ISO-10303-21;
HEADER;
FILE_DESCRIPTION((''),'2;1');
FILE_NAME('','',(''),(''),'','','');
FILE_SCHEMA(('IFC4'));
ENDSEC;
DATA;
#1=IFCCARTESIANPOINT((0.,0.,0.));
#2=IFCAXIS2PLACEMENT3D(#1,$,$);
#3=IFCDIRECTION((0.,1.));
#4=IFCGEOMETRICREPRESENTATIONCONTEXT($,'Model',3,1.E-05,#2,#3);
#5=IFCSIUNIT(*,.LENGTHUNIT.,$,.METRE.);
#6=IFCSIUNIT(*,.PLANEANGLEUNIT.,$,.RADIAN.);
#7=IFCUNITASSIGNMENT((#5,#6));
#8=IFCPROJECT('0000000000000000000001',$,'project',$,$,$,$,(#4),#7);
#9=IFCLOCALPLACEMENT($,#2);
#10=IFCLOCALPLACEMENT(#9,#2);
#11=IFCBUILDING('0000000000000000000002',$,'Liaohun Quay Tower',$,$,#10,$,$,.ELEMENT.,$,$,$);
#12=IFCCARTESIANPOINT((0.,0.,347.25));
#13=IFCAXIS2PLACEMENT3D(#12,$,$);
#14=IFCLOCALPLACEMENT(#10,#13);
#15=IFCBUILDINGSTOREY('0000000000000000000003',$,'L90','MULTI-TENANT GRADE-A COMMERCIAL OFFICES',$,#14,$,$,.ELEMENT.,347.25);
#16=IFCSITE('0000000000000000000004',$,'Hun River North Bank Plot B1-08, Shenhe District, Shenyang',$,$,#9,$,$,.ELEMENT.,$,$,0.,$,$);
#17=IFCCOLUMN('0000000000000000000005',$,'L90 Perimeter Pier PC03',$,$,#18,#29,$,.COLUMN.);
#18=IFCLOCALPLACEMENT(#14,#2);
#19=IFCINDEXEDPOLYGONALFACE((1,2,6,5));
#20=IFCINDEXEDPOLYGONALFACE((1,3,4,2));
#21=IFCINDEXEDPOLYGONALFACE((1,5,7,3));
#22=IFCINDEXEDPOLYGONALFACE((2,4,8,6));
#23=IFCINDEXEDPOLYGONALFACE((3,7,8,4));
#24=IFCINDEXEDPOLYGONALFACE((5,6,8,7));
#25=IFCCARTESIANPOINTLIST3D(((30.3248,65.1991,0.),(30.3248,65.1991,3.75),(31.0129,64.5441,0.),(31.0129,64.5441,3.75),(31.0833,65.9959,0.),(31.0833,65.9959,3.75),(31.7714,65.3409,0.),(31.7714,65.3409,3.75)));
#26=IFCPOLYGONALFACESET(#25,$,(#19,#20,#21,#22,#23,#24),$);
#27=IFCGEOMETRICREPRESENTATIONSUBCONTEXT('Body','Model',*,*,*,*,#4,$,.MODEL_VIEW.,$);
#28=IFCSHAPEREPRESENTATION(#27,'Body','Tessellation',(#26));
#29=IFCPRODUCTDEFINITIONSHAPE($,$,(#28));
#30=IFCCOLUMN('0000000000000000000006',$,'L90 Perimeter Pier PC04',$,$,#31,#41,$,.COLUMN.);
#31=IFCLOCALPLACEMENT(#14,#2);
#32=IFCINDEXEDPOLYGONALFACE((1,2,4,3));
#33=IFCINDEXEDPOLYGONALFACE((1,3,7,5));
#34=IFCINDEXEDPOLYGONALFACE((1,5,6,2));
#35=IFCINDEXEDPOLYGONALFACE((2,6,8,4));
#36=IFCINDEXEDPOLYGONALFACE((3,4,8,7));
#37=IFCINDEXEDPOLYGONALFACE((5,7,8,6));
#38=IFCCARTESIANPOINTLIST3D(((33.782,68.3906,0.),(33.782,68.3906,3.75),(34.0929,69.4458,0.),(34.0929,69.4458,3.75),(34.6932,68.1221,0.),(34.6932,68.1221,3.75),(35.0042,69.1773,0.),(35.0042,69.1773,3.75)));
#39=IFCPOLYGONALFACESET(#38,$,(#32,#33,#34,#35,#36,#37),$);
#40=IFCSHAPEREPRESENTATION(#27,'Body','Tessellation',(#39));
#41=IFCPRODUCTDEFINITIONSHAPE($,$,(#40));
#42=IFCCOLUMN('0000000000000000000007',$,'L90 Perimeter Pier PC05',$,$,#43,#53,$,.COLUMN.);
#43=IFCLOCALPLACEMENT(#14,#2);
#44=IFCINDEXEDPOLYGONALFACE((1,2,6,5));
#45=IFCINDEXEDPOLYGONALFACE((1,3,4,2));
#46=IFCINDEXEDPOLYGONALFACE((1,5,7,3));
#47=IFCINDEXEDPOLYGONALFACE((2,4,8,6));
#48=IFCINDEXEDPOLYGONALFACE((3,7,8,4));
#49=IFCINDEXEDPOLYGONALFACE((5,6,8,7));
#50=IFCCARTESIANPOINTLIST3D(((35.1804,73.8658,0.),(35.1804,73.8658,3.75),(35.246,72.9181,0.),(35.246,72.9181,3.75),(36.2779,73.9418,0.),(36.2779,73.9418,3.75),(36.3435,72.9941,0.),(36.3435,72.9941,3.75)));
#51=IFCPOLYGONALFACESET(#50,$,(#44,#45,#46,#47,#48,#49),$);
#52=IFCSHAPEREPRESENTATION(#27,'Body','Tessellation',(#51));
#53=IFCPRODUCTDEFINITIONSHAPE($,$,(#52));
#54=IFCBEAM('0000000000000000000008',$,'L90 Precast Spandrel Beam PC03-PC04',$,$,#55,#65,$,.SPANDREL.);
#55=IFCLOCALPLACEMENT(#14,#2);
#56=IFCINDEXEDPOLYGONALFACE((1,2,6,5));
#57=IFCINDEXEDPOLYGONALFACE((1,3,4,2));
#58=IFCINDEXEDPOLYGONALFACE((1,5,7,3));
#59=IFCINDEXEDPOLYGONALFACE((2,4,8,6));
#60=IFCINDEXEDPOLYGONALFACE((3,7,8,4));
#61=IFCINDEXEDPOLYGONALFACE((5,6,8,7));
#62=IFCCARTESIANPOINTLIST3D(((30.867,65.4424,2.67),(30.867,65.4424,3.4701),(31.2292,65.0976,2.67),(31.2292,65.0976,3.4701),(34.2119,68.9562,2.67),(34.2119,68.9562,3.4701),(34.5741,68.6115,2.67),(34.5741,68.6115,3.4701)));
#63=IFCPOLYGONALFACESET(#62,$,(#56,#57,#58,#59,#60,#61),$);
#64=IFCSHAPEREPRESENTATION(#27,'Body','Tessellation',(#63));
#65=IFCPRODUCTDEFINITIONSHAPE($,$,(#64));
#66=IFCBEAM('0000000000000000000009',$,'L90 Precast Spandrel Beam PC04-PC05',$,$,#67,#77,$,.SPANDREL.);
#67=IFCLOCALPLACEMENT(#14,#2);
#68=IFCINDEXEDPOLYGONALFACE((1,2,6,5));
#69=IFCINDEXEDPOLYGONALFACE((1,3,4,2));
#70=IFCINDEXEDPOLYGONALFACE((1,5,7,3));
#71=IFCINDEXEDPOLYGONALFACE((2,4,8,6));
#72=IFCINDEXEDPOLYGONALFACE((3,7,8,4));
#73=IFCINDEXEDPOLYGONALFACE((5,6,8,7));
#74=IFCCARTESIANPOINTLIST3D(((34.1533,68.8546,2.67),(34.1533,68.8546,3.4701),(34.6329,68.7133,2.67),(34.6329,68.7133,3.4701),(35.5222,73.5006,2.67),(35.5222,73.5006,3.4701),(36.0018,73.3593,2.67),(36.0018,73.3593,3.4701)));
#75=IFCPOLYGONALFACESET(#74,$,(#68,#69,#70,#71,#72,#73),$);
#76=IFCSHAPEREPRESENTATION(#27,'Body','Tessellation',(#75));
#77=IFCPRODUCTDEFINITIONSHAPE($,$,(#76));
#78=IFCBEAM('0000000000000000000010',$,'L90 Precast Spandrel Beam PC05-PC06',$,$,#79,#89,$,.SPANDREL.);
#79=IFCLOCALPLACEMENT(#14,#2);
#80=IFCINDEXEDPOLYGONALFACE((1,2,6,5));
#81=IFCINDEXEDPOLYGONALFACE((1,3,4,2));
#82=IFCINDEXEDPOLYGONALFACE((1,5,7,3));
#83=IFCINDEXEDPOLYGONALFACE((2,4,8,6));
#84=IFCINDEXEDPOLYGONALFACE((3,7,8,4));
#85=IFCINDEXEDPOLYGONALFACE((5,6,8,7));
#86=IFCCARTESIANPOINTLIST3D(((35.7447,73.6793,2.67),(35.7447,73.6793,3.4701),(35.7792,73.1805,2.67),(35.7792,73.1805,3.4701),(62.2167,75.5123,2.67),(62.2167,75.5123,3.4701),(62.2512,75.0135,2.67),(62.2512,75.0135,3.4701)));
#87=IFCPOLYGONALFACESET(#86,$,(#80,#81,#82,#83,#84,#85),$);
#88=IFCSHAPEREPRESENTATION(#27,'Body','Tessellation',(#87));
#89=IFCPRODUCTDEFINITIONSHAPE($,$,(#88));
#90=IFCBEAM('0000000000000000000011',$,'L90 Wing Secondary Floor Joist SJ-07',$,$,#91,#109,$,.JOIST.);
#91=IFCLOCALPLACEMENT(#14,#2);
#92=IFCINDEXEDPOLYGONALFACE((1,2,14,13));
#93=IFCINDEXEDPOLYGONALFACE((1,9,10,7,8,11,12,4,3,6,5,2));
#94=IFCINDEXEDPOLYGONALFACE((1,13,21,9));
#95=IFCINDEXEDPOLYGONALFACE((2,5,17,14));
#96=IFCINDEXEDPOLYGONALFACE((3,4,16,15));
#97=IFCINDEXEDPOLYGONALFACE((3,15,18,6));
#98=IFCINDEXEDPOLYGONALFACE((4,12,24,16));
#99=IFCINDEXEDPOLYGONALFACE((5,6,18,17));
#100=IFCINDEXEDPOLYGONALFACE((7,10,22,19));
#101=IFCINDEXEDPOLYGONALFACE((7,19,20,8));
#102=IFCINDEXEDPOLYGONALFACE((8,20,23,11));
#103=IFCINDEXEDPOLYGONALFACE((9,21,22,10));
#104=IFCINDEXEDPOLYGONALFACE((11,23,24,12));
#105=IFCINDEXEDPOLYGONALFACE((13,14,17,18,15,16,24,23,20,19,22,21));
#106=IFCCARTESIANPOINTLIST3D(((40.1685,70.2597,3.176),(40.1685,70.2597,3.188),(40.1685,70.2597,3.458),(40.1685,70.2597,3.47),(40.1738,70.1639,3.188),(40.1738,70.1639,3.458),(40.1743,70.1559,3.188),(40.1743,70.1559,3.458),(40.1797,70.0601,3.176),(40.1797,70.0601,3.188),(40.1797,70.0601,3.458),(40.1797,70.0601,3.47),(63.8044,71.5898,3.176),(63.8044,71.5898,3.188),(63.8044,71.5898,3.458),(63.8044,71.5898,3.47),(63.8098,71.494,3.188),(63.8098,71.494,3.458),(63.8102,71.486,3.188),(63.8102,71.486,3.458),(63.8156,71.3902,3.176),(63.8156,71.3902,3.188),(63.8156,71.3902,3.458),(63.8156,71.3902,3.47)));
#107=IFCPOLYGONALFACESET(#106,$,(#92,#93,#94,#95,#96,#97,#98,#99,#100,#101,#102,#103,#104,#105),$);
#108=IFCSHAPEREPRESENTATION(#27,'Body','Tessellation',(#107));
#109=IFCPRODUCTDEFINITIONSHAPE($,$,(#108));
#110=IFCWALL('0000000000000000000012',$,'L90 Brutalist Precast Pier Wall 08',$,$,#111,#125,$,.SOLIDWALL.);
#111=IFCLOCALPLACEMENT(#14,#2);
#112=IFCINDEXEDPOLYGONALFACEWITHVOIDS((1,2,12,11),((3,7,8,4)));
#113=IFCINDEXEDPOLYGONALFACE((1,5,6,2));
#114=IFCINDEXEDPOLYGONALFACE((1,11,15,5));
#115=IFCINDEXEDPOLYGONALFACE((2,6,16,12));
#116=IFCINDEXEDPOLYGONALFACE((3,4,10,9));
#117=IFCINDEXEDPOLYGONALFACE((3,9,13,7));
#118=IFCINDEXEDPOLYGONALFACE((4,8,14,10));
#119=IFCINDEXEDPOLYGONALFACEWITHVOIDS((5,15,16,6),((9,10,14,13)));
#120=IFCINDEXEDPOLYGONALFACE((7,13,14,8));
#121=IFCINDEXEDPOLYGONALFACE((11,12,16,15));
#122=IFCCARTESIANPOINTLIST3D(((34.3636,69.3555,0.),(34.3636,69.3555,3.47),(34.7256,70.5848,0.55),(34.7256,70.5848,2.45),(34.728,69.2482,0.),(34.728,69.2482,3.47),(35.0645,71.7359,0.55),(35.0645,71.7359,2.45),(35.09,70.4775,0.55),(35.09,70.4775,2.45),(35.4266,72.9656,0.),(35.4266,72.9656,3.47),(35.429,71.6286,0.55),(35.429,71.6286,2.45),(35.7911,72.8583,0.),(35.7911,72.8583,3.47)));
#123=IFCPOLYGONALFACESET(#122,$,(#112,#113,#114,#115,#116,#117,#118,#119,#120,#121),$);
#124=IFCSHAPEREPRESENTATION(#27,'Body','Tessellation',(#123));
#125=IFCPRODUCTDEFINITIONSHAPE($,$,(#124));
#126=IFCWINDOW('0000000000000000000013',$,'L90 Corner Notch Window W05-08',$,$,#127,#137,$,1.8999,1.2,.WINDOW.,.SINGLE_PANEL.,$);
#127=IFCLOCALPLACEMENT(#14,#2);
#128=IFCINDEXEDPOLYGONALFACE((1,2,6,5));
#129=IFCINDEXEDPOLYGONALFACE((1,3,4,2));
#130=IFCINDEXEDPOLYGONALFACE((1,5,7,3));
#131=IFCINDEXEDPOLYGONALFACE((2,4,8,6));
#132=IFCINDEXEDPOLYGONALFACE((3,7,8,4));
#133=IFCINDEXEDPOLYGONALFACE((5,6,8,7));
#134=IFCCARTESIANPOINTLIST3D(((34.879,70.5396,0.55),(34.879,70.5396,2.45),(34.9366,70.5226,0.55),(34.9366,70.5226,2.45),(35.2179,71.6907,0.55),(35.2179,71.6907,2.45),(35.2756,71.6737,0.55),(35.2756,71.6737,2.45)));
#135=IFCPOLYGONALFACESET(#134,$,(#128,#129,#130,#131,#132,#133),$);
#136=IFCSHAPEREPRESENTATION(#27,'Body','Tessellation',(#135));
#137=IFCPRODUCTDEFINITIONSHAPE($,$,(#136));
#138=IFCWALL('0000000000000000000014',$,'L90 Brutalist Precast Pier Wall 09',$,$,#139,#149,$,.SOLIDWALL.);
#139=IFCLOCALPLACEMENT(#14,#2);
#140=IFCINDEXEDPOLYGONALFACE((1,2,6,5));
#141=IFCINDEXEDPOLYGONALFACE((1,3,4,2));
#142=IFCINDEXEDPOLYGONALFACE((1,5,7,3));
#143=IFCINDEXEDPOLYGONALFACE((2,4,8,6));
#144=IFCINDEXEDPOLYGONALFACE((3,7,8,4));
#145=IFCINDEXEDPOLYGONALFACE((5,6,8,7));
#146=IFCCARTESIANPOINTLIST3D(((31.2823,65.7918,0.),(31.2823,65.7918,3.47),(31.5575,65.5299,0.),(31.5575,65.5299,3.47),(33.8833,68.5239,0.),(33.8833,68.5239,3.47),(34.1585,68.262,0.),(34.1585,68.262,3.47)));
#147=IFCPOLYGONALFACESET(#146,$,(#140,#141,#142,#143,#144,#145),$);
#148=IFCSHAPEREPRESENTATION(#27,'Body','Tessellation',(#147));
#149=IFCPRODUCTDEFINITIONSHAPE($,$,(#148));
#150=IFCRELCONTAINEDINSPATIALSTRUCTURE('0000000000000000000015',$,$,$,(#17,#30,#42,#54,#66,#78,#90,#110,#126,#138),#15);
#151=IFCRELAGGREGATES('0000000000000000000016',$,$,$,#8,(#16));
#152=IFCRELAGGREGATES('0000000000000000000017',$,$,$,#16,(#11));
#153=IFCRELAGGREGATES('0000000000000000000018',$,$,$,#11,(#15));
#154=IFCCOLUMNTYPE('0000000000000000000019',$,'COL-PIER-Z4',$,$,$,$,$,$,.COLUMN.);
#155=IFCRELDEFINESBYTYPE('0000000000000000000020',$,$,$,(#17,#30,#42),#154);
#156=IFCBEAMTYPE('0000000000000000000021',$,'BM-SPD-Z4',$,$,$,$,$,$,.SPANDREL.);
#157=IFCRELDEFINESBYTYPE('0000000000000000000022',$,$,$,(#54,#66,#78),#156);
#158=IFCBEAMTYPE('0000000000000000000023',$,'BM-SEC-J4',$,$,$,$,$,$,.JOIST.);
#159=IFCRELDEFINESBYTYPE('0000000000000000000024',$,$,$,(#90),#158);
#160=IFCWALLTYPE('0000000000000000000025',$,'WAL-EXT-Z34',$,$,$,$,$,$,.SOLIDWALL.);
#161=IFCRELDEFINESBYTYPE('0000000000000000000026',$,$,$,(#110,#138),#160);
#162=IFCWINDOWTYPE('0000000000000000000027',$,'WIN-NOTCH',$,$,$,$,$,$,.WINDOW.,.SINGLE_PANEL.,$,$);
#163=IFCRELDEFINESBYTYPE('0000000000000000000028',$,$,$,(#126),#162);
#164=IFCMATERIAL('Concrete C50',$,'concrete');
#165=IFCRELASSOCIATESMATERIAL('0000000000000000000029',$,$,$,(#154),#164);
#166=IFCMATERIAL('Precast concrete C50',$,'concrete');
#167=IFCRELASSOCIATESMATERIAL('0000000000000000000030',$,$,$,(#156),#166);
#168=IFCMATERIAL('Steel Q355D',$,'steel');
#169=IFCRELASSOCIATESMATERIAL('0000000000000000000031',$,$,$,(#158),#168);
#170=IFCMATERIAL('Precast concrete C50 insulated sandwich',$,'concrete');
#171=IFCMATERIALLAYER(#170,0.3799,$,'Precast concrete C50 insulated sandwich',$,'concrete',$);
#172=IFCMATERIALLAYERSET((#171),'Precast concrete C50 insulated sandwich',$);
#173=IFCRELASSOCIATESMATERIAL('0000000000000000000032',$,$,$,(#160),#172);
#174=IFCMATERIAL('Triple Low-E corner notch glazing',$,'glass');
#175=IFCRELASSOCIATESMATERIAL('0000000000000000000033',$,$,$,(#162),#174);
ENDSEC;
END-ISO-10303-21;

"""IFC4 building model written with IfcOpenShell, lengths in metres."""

from ifc_helpers import new_model, si_unit, direction, frame, frame_2d, origin, origin_2d, place, context, subcontext, project, spatial, rectangle, i_section, extrude, source, transform, mapped, material, layer, layer_set, material_profile, profile_set, type_object, element, fill, save


model = new_model("IFC4")

# Units and contexts
model_context = context("Model", 3, precision=1e-05, world=origin(), true_north=direction((0.0, 1.0)))
body_context = subcontext(model_context, "Body", "Model", "MODEL_VIEW")
ifc_project = project(units=[si_unit("LENGTHUNIT", "METRE"), si_unit("PLANEANGLEUNIT", "RADIAN")], contexts=[model_context])

# Site, building, storey
site_placement = place(None, origin())
site = spatial("IfcSite", under=ifc_project, at=site_placement, Name="Hun River North Bank Plot B1-08, Shenhe District, Shenyang", CompositionType="ELEMENT", RefElevation=0.0)
building_placement = place(site_placement, origin())
building = spatial("IfcBuilding", under=site, at=building_placement, Name="Liaohun Quay Tower", CompositionType="ELEMENT")
storey_placement = place(building_placement, frame((0.0, 0.0, 347.25)))
storey = spatial("IfcBuildingStorey", under=building, at=storey_placement, Name="L90", Description="MULTI-TENANT GRADE-A COMMERCIAL OFFICES", CompositionType="ELEMENT", Elevation=347.25)

# Columns
ifc_material_1 = material(Name="Concrete C50", Category="concrete")
ifc_material_profile_1 = material_profile(ifc_material_1, rectangle(XDim=1.1001, YDim=0.95, at=origin_2d()), Name="RC1100x950")
ifc_profile_set_1 = profile_set([ifc_material_profile_1], Name="Concrete C50")
column_type = type_object("IfcColumnType", Name="COL-PIER-Z4", PredefinedType="COLUMN", material=ifc_profile_set_1)
shared_shape_1 = source(origin(), body_context, "Body", "SweptSolid", [
    extrude(rectangle(XDim=1.1001, YDim=0.95, at=origin_2d()), origin(), (0.0, 0.0, 1.0), 3.75),
])
for number, where, z_axis, x_axis, name in (
    (1, (31.0481, 65.27, 0.0), (0.0, 0.0, 1.0), (0.689493, 0.724292, 0.0), "L90 Perimeter Pier PC03"),
    (2, (34.3931, 68.7839, 0.0), (0.0, 0.0, 1.0), (0.282676, 0.959215, 0.0), "L90 Perimeter Pier PC04"),
    (3, (35.762, 73.4299, 0.0), (0.0, 0.0, 1.0), (0.997613, 0.06906, 0.0), "L90 Perimeter Pier PC05"),
):
    element("IfcColumn", number, at=place(storey_placement, frame(where, z_axis=z_axis, x_axis=x_axis)), inside=storey, type_object=column_type, Name=name, PredefinedType="COLUMN", context=body_context, shape_type="MappedRepresentation", body=[
        mapped(shared_shape_1, transform((0.0, 0.0, 0.0), x_axis=(1.0, 0.0, 0.0), y_axis=(0.0, 1.0, 0.0), z_axis=(0.0, 0.0, 1.0), scale=1.0)),
    ])

# Beams
ifc_material_2 = material(Name="Precast concrete C50", Category="concrete")
ifc_material_profile_2 = material_profile(ifc_material_2, rectangle(XDim=0.5, YDim=0.8, at=origin_2d()), Name="RC500x800")
ifc_profile_set_2 = profile_set([ifc_material_profile_2], Name="Precast concrete C50")
beam_type_1 = type_object("IfcBeamType", Name="BM-SPD-Z4", PredefinedType="SPANDREL", material=ifc_profile_set_2)
shared_shape_2 = source(origin(), body_context, "Body", "SweptSolid", [
    extrude(rectangle(XDim=0.5, YDim=0.8, at=origin_2d()), origin(), (0.0, 0.0, 1.0), 4.8513),
])
beam_1_placement = place(storey_placement, frame((31.0481, 65.27, 3.0701), z_axis=(0.68948, 0.724304, 0.0), x_axis=(-0.724304, 0.68948, 0.0)))
element("IfcBeam", 4, at=beam_1_placement, inside=storey, type_object=beam_type_1, Name="L90 Precast Spandrel Beam PC03-PC04", PredefinedType="SPANDREL", context=body_context, shape_type="MappedRepresentation", body=[
    mapped(shared_shape_2, transform((0.0, 0.0, 0.0), x_axis=(1.0, 0.0, 0.0), y_axis=(0.0, 1.0, 0.0), z_axis=(0.0, 0.0, 1.0), scale=1.0)),
])
shared_shape_3 = source(origin(), body_context, "Body", "SweptSolid", [
    extrude(rectangle(XDim=0.5, YDim=0.8, at=origin_2d()), origin(), (0.0, 0.0, 1.0), 4.8435),
])
beam_2_placement = place(storey_placement, frame((34.3931, 68.7839, 3.0701), z_axis=(0.282627, 0.95923, 0.0), x_axis=(-0.95923, 0.282627, 0.0)))
element("IfcBeam", 5, at=beam_2_placement, inside=storey, type_object=beam_type_1, Name="L90 Precast Spandrel Beam PC04-PC05", PredefinedType="SPANDREL", context=body_context, shape_type="MappedRepresentation", body=[
    mapped(shared_shape_3, transform((0.0, 0.0, 0.0), x_axis=(1.0, 0.0, 0.0), y_axis=(0.0, 1.0, 0.0), z_axis=(0.0, 0.0, 1.0), scale=1.0)),
])
shared_shape_4 = source(origin(), body_context, "Body", "SweptSolid", [
    extrude(rectangle(XDim=0.5, YDim=0.8, at=origin_2d()), origin(), (0.0, 0.0, 1.0), 26.5354),
])
beam_3_placement = place(storey_placement, frame((35.762, 73.4299, 3.0701), z_axis=(0.997611, 0.069078, 0.0), x_axis=(-0.069078, 0.997611, 0.0)))
element("IfcBeam", 6, at=beam_3_placement, inside=storey, type_object=beam_type_1, Name="L90 Precast Spandrel Beam PC05-PC06", PredefinedType="SPANDREL", context=body_context, shape_type="MappedRepresentation", body=[
    mapped(shared_shape_4, transform((0.0, 0.0, 0.0), x_axis=(1.0, 0.0, 0.0), y_axis=(0.0, 1.0, 0.0), z_axis=(0.0, 0.0, 1.0), scale=1.0)),
])
ifc_material_3 = material(Name="Steel Q355D", Category="steel")
ifc_material_profile_3 = material_profile(ifc_material_3, i_section(OverallWidth=0.2, OverallDepth=0.2939, WebThickness=0.0081, FlangeThickness=0.012, at=origin_2d()), Name="HM294x200x8x12")
ifc_profile_set_3 = profile_set([ifc_material_profile_3], Name="Steel Q355D")
beam_type_2 = type_object("IfcBeamType", Name="BM-SEC-J4", PredefinedType="JOIST", material=ifc_profile_set_3)
shared_shape_5 = source(origin(), body_context, "Body", "SweptSolid", [
    extrude(i_section(OverallWidth=0.2, OverallDepth=0.2939, WebThickness=0.0081, FlangeThickness=0.012, at=origin_2d()), origin(), (0.0, 0.0, 1.0), 23.6733),
])
beam_4_placement = place(storey_placement, frame((40.1741, 70.1599, 3.323), z_axis=(0.99842, 0.056185, 0.0), x_axis=(-0.056185, 0.99842, 0.0)))
element("IfcBeam", 7, at=beam_4_placement, inside=storey, type_object=beam_type_2, Name="L90 Wing Secondary Floor Joist SJ-07", PredefinedType="JOIST", context=body_context, shape_type="MappedRepresentation", body=[
    mapped(shared_shape_5, transform((0.0, 0.0, 0.0), x_axis=(1.0, 0.0, 0.0), y_axis=(0.0, 1.0, 0.0), z_axis=(0.0, 0.0, 1.0), scale=1.0)),
])

# Wall, opening, window
ifc_material_4 = material(Name="Precast concrete C50 insulated sandwich", Category="concrete")
ifc_layer_1 = layer(ifc_material_4, 0.3799, Name="Precast concrete C50 insulated sandwich", Category="concrete")
ifc_layer_set_1 = layer_set([ifc_layer_1], Name="Precast concrete C50 insulated sandwich")
wall_type_1 = type_object("IfcWallType", Name="WAL-EXT-Z34", PredefinedType="SOLIDWALL", material=ifc_layer_set_1)
wall_1_placement = place(storey_placement, frame((35.6089, 72.9121, 0.0), z_axis=(0.0, 0.0, 1.0), x_axis=(-0.282458, -0.95928, 0.0)))
wall_1 = element("IfcWall", 8, at=wall_1_placement, inside=storey, type_object=wall_type_1, Name="L90 Brutalist Precast Pier Wall 08", PredefinedType="SOLIDWALL", context=body_context, shape_type="SweptSolid", body=[
    extrude(rectangle(XDim=3.7634, YDim=0.3799, at=frame_2d((1.8818, 0.0))), origin(), (0.0, 0.0, 1.0), 3.47),
])
shared_shape_6 = source(origin(), body_context, "Body", "SweptSolid", [
    extrude(rectangle(XDim=1.2, YDim=1.8999, at=frame_2d((0.6001, 0.95))), frame((0.0, 0.2, 0.0), z_axis=(0.0, -1.0, 0.0), x_axis=(1.0, 0.0, 0.0)), (0.0, 0.0, 1.0), 0.3999),
])
opening_1_placement = place(wall_1_placement, frame((1.282, 0.0, 0.55)))
opening_1 = element("IfcOpeningElement", 9, at=opening_1_placement, cuts=wall_1, PredefinedType="OPENING", context=body_context, shape_type="MappedRepresentation", body=[
    mapped(shared_shape_6, transform((0.0, 0.0, 0.0), x_axis=(1.0, 0.0, 0.0), y_axis=(0.0, 1.0, 0.0), z_axis=(0.0, 0.0, 1.0), scale=1.0)),
])
ifc_material_5 = material(Name="Triple Low-E corner notch glazing", Category="glass")
window_type_1 = type_object("IfcWindowType", Name="WIN-NOTCH", PartitioningType="SINGLE_PANEL", PredefinedType="WINDOW", material=ifc_material_5)
shared_shape_7 = source(origin(), body_context, "Body", "SweptSolid", [
    extrude(rectangle(XDim=1.2, YDim=1.8999, at=frame_2d((0.6001, 0.95))), frame((0.0, 0.03, 0.0), z_axis=(0.0, -1.0, 0.0), x_axis=(1.0, 0.0, 0.0)), (0.0, 0.0, 1.0), 0.0601),
])
window_1_placement = place(opening_1_placement, origin())
window_1 = element("IfcWindow", 10, at=window_1_placement, inside=storey, type_object=window_type_1, Name="L90 Corner Notch Window W05-08", OverallHeight=1.8999, OverallWidth=1.2, PartitioningType="SINGLE_PANEL", PredefinedType="WINDOW", context=body_context, shape_type="MappedRepresentation", body=[
    mapped(shared_shape_7, transform((0.0, 0.0, 0.0), x_axis=(1.0, 0.0, 0.0), y_axis=(0.0, 1.0, 0.0), z_axis=(0.0, 0.0, 1.0), scale=1.0)),
])
fill(opening_1, window_1)

# Wall
wall_2_placement = place(storey_placement, frame((34.021, 68.3931, 0.0), z_axis=(0.0, 0.0, 1.0), x_axis=(-0.689516, -0.72427, 0.0)))
element("IfcWall", 11, at=wall_2_placement, inside=storey, type_object=wall_type_1, Name="L90 Brutalist Precast Pier Wall 09", PredefinedType="SOLIDWALL", context=body_context, shape_type="SweptSolid", body=[
    extrude(rectangle(XDim=3.7722, YDim=0.3799, at=frame_2d((1.8862, 0.0))), origin(), (0.0, 0.0, 1.0), 3.47),
])

save(model, "model.ifc")
